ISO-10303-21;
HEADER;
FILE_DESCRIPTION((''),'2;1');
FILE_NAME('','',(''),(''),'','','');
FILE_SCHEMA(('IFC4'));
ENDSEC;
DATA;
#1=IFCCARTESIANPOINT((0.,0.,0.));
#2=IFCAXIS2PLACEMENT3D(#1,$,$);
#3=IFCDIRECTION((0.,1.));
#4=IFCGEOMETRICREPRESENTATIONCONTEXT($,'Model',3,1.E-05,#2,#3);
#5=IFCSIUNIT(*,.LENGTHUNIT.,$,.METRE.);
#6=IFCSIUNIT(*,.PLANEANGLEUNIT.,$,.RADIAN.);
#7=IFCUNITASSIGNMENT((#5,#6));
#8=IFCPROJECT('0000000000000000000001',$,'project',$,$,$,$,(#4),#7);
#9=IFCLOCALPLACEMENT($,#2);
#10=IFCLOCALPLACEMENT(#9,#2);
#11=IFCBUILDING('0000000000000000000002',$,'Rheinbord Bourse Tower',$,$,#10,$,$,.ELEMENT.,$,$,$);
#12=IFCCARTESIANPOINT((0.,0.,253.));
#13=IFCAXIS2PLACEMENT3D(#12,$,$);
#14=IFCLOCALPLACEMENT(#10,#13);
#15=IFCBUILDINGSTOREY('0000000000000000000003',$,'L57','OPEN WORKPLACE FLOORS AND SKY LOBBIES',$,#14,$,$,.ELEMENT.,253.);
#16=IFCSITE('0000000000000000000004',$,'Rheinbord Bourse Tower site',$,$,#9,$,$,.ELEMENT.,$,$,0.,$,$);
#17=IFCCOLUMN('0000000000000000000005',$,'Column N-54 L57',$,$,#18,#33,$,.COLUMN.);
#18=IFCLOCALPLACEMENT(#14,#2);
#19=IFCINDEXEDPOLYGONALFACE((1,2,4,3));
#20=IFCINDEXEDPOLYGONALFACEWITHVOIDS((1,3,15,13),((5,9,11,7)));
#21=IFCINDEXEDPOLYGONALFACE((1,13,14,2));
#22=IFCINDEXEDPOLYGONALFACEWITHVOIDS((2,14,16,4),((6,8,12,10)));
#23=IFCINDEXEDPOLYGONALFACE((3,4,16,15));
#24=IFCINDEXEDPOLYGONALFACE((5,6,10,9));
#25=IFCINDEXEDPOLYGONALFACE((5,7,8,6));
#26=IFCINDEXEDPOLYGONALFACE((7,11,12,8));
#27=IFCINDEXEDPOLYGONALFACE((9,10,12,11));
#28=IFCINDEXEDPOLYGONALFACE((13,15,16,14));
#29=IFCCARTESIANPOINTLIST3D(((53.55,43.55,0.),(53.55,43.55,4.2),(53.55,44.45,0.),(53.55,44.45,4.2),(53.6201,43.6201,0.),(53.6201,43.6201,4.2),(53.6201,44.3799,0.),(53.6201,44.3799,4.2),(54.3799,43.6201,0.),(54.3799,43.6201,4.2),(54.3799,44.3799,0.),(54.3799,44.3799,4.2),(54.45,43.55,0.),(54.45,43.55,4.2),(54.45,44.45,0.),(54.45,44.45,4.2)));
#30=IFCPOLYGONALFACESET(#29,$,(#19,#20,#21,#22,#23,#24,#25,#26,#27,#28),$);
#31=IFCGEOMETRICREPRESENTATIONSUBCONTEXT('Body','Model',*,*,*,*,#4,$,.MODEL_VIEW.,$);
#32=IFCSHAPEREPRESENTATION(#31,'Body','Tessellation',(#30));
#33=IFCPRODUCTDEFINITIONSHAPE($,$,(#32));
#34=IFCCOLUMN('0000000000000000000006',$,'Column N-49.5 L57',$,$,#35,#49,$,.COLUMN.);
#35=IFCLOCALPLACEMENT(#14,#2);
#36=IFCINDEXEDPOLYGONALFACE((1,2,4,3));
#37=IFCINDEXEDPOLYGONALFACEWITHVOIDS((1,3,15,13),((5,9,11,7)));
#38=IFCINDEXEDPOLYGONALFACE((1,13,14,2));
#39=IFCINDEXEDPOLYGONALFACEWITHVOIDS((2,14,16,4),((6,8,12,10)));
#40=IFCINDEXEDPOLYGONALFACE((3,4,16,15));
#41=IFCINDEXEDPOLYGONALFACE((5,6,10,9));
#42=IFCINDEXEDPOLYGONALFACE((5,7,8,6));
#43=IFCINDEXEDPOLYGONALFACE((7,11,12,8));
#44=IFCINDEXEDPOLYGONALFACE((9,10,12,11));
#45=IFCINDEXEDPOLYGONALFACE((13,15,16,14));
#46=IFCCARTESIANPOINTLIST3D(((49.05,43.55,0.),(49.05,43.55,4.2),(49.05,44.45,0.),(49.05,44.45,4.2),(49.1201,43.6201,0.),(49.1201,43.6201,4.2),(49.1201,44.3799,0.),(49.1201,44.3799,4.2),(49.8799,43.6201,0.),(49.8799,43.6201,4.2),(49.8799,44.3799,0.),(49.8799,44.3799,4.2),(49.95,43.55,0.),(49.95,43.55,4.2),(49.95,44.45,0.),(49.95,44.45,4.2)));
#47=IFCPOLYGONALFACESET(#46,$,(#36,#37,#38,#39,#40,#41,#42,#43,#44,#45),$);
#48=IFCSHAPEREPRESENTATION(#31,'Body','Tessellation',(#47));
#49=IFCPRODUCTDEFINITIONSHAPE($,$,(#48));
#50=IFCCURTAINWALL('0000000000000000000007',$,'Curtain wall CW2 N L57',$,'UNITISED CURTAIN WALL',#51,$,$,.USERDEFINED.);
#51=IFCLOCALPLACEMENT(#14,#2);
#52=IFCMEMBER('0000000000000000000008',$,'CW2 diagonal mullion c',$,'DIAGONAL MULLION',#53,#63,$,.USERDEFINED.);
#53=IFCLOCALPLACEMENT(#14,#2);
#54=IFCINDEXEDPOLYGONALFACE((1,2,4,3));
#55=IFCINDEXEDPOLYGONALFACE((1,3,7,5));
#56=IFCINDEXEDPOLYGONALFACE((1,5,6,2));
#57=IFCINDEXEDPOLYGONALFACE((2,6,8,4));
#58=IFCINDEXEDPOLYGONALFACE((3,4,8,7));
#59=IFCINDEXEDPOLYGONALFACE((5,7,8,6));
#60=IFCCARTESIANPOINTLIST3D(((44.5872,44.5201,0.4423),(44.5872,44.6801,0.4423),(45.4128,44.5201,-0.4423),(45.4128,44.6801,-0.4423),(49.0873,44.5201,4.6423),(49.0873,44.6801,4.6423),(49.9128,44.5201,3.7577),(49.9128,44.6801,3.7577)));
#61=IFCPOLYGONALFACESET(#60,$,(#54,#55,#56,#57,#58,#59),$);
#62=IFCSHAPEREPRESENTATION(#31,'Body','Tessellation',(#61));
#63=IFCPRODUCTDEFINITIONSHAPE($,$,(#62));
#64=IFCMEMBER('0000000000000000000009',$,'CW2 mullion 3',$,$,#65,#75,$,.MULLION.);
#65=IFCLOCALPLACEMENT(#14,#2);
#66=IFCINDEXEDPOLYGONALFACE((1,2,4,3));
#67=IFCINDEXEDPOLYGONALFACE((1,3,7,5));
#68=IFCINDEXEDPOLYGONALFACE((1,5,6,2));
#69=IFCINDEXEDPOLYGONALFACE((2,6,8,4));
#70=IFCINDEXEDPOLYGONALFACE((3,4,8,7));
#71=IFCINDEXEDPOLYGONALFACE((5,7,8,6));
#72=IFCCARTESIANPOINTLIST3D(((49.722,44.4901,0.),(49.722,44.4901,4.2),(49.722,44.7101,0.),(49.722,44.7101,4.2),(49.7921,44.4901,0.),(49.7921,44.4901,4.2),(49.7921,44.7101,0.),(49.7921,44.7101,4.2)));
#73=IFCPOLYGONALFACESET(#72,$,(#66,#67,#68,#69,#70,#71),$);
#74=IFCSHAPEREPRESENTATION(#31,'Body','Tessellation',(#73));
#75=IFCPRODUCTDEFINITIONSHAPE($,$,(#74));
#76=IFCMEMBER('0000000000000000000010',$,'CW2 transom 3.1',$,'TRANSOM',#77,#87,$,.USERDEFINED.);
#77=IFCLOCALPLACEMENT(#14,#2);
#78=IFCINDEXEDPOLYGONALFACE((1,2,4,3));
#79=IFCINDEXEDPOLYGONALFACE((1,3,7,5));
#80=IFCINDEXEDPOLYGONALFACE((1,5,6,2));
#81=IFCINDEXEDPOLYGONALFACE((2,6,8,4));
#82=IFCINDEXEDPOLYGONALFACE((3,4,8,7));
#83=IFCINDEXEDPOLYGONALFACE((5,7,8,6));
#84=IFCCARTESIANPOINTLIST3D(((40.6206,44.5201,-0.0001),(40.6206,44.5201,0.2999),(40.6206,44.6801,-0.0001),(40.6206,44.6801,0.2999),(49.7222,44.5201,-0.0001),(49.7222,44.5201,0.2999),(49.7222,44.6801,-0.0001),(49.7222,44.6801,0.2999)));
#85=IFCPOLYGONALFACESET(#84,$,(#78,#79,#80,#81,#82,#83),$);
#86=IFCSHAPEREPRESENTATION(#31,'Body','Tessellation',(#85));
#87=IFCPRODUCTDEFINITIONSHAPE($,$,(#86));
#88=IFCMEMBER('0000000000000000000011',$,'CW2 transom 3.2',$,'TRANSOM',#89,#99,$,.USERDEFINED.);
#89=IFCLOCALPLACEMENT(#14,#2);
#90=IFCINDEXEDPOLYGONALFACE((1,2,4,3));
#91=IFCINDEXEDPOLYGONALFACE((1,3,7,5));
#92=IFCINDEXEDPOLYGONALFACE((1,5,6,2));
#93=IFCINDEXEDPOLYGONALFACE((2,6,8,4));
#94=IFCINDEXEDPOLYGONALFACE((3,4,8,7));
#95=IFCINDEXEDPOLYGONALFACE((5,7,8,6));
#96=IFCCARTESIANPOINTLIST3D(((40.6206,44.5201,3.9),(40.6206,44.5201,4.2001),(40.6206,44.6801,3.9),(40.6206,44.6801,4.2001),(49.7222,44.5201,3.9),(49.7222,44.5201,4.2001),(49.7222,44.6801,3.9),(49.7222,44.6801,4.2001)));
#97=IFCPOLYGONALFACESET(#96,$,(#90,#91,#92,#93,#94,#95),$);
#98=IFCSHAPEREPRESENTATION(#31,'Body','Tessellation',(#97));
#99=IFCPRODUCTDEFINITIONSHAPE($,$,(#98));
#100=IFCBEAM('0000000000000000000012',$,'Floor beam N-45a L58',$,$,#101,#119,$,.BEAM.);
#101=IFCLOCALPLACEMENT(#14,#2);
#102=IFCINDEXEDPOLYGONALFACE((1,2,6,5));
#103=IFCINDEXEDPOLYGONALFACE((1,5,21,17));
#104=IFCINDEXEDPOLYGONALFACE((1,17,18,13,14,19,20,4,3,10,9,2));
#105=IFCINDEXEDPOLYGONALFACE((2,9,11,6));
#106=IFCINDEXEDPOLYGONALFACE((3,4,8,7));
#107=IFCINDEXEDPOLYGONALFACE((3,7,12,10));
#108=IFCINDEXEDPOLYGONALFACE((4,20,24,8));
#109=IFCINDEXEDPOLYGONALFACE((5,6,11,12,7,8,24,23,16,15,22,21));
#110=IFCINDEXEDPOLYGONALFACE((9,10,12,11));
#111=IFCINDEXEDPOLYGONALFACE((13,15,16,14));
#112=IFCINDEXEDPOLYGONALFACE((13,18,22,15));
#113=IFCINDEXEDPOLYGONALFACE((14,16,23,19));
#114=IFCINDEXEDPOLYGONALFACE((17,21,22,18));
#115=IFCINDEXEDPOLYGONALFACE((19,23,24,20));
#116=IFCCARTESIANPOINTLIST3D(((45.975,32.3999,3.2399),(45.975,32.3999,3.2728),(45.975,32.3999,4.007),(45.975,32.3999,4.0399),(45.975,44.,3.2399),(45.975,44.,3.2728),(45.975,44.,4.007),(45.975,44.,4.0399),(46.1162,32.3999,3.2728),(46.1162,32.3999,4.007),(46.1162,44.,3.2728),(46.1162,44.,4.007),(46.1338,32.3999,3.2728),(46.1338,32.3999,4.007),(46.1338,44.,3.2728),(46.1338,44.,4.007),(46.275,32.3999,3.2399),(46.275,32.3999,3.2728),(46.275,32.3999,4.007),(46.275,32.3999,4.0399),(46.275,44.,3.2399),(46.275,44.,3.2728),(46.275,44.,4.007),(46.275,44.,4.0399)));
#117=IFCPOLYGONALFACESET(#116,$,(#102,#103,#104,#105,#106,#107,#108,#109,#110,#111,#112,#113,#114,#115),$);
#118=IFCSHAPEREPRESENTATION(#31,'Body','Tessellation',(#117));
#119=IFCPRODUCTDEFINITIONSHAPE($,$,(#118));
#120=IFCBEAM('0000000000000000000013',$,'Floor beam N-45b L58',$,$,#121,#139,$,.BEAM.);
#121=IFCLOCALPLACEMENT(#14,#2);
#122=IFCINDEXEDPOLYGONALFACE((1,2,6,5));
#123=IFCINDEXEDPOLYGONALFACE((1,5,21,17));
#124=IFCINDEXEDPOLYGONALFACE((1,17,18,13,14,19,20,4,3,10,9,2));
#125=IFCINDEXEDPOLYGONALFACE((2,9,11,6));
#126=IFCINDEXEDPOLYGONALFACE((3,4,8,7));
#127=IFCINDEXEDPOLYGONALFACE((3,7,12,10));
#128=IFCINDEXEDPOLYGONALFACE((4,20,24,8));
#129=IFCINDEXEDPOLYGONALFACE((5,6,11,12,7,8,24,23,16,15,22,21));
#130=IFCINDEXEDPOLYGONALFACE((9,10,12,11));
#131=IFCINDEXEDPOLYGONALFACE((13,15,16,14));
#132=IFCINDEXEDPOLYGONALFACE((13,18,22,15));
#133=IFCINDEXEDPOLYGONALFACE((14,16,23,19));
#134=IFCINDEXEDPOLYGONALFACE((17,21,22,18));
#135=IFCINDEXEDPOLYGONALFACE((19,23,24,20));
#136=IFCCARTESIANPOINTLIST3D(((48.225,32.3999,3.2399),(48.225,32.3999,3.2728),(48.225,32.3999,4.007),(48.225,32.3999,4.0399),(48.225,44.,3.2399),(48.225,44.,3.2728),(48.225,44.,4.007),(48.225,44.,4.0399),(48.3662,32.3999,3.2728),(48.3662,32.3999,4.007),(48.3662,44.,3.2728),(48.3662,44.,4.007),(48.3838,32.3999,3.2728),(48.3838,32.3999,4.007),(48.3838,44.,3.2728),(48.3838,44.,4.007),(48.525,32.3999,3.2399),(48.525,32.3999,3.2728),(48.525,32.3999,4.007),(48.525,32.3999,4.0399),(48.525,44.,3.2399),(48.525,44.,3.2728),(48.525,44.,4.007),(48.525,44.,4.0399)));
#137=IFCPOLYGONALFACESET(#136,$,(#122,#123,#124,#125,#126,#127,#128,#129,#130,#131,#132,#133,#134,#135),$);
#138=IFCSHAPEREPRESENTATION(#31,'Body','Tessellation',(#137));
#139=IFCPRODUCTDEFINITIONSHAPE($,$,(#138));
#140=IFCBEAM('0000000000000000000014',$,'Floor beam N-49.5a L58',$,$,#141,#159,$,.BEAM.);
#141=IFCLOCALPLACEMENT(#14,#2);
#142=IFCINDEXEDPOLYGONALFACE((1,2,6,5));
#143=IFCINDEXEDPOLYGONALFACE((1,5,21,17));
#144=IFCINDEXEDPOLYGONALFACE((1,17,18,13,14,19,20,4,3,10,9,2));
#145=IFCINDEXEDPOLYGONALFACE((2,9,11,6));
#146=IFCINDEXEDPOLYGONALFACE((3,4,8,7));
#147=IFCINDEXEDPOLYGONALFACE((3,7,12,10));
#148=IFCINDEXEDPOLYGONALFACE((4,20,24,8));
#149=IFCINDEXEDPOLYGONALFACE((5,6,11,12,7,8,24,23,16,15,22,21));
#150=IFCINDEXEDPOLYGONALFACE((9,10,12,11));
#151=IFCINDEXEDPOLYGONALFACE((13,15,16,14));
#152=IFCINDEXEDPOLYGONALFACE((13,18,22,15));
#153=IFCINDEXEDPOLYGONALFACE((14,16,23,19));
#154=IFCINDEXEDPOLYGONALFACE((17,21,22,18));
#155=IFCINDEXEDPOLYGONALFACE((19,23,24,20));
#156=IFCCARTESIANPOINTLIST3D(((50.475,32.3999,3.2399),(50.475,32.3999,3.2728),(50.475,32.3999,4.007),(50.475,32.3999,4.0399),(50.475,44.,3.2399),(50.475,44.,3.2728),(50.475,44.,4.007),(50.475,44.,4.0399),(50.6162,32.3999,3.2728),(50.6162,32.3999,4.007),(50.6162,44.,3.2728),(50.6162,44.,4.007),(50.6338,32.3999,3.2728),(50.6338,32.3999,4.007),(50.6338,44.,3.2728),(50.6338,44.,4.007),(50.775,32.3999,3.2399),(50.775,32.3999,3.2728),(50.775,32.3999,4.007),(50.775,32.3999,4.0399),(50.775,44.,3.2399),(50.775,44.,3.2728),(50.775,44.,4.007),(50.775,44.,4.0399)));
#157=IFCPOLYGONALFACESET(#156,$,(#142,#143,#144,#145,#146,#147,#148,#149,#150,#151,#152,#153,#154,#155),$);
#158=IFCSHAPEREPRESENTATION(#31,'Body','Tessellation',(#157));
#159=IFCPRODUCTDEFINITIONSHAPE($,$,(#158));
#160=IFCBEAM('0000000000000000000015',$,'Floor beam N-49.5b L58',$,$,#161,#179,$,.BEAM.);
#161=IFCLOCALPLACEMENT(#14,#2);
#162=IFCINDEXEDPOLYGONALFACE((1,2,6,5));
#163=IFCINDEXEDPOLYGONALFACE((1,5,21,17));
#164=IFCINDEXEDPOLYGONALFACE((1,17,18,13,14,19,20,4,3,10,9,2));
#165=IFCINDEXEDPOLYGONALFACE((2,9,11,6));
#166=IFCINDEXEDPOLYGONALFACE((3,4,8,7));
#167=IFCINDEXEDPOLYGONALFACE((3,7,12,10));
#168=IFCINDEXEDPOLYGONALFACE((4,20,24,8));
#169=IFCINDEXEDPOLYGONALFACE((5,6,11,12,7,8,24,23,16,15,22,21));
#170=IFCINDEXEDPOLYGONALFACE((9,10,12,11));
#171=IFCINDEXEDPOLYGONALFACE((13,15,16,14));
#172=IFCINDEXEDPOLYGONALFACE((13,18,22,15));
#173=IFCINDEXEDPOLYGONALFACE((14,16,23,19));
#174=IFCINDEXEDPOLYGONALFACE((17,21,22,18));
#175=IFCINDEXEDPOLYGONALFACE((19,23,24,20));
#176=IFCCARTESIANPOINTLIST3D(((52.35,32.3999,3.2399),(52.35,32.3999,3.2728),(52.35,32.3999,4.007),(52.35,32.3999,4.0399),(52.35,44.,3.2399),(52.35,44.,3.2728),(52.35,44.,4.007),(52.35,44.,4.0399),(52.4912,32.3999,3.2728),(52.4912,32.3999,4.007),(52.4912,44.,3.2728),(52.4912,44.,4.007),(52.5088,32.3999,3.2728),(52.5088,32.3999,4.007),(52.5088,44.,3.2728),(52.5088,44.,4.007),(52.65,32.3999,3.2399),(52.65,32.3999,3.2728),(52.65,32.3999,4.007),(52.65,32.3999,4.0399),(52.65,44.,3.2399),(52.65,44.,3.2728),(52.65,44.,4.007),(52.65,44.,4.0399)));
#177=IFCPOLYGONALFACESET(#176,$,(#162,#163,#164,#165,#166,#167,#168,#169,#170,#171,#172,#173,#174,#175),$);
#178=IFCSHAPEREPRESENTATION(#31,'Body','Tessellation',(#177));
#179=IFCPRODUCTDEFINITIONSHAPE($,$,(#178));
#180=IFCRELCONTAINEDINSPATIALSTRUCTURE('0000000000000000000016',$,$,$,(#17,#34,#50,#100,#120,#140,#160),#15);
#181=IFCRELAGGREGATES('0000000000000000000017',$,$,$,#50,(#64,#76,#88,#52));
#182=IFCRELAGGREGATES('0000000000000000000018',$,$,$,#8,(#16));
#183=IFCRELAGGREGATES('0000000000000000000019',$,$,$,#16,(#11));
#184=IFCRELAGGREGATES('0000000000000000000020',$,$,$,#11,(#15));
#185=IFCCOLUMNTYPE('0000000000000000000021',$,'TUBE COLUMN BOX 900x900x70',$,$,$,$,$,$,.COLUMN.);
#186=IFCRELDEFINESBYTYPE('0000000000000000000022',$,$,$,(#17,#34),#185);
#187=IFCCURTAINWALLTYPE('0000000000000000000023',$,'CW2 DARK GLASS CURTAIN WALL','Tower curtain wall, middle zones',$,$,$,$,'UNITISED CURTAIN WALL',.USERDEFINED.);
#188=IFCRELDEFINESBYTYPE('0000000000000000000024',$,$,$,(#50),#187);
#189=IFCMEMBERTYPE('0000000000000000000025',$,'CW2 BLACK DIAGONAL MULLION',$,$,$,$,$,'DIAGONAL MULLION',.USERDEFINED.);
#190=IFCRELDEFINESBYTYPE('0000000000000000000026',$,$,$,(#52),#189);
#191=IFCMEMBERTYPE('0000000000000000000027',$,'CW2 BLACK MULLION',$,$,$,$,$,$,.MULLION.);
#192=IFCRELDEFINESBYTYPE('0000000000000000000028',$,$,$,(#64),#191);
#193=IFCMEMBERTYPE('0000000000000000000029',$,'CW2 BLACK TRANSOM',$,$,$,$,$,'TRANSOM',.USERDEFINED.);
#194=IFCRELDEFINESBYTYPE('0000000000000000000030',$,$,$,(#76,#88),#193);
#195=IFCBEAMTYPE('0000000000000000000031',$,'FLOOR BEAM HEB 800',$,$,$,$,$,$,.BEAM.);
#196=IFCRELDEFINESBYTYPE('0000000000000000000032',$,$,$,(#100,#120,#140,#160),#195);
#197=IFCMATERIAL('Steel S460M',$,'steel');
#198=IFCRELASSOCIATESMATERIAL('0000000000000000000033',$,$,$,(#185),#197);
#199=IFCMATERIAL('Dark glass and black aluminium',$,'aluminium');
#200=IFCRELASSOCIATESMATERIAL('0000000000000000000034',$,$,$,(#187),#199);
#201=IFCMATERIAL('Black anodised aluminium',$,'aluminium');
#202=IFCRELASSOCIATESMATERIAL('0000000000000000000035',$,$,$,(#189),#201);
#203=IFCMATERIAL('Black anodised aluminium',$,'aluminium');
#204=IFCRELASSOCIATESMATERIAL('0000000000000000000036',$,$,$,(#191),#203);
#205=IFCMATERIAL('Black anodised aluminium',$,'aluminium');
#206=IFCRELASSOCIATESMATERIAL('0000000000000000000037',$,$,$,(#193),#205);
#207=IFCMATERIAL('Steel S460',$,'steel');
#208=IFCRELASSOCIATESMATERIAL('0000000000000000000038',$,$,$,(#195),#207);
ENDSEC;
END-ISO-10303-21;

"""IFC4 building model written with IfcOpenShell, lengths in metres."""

from ifc_helpers import new_model, si_unit, direction, frame, origin, origin_2d, place, context, subcontext, project, spatial, rectangle, hollow_rectangle, i_section, extrude, material, material_profile, profile_set, type_object, element, aggregate, save


model = new_model("IFC4")

# Units and contexts
model_context = context("Model", 3, precision=1e-05, world=origin(), true_north=direction((0.0, 1.0)))
body_context = subcontext(model_context, "Body", "Model", "MODEL_VIEW")
ifc_project = project(units=[si_unit("LENGTHUNIT", "METRE"), si_unit("PLANEANGLEUNIT", "RADIAN")], contexts=[model_context])

# Site, building, storey
site_placement = place(None, origin())
site = spatial("IfcSite", under=ifc_project, at=site_placement, Name="Rheinbord Bourse Tower site", CompositionType="ELEMENT", RefElevation=0.0)
building_placement = place(site_placement, origin())
building = spatial("IfcBuilding", under=site, at=building_placement, Name="Rheinbord Bourse Tower", CompositionType="ELEMENT")
storey_placement = place(building_placement, frame((0.0, 0.0, 253.0)))
storey = spatial("IfcBuildingStorey", under=building, at=storey_placement, Name="L57", Description="OPEN WORKPLACE FLOORS AND SKY LOBBIES", CompositionType="ELEMENT", Elevation=253.0)

# Columns
ifc_material_1 = material(Name="Steel S460M", Category="steel")
ifc_material_profile_1 = material_profile(ifc_material_1, hollow_rectangle(XDim=0.8999, YDim=0.8999, WallThickness=0.0701, at=origin_2d()), Name="BOX 900x900x70")
ifc_profile_set_1 = profile_set([ifc_material_profile_1], Name="Steel S460M")
column_type = type_object("IfcColumnType", Name="TUBE COLUMN BOX 900x900x70", PredefinedType="COLUMN", material=ifc_profile_set_1)
for number, where, z_axis, x_axis, name in (
    (1, (54.0, 44.0, 0.0), (0.0, 0.0, 1.0), (0.0, 1.0, 0.0), "Column N-54 L57"),
    (2, (49.5, 44.0, 0.0), (0.0, 0.0, 1.0), (0.0, 1.0, 0.0), "Column N-49.5 L57"),
):
    element("IfcColumn", number, at=place(storey_placement, frame(where, z_axis=z_axis, x_axis=x_axis)), inside=storey, type_object=column_type, Name=name, PredefinedType="COLUMN", context=body_context, shape_type="SweptSolid", body=[
        extrude(hollow_rectangle(XDim=0.8999, YDim=0.8999, WallThickness=0.0701, at=origin_2d()), origin(), (0.0, 0.0, 1.0), 4.2),
    ])

# Curtain wall, members
ifc_material_2 = material(Name="Dark glass and black aluminium", Category="aluminium")
curtain_wall_type = type_object("IfcCurtainWallType", Name="CW2 DARK GLASS CURTAIN WALL", Description="Tower curtain wall, middle zones", ElementType="UNITISED CURTAIN WALL", PredefinedType="USERDEFINED", material=ifc_material_2)
curtain_wall_placement = place(storey_placement, origin())
curtain_wall = element("IfcCurtainWall", 3, at=curtain_wall_placement, inside=storey, type_object=curtain_wall_type, Name="Curtain wall CW2 N L57", ObjectType="UNITISED CURTAIN WALL", PredefinedType="USERDEFINED")
ifc_material_3 = material(Name="Black anodised aluminium", Category="aluminium")
ifc_material_profile_2 = material_profile(ifc_material_3, rectangle(XDim=0.1599, YDim=1.21, at=origin_2d()), Name="CW2 DIAGONAL MULLION 1210x160")
ifc_profile_set_2 = profile_set([ifc_material_profile_2], Name="Black anodised aluminium")
member_type_1 = type_object("IfcMemberType", Name="CW2 BLACK DIAGONAL MULLION", ElementType="DIAGONAL MULLION", PredefinedType="USERDEFINED", material=ifc_profile_set_2)
member_1_placement = place(storey_placement, frame((45.0, 44.6001, 0.0), z_axis=(0.731059, 0.0, 0.682314), x_axis=(0.0, 1.0, 0.0)))
member_1 = element("IfcMember", 4, at=member_1_placement, type_object=member_type_1, Name="CW2 diagonal mullion c", ObjectType="DIAGONAL MULLION", PredefinedType="USERDEFINED", context=body_context, shape_type="SweptSolid", body=[
    extrude(rectangle(XDim=0.1599, YDim=1.21, at=origin_2d()), origin(), (0.0, 0.0, 1.0), 6.1555),
])
ifc_material_4 = material(Name="Black anodised aluminium", Category="aluminium")
ifc_material_profile_3 = material_profile(ifc_material_4, rectangle(XDim=0.22, YDim=0.0701, at=origin_2d()), Name="CW2 MULLION 70x220")
ifc_profile_set_3 = profile_set([ifc_material_profile_3], Name="Black anodised aluminium")
member_type_2 = type_object("IfcMemberType", Name="CW2 BLACK MULLION", PredefinedType="MULLION", material=ifc_profile_set_3)
member_2_placement = place(storey_placement, frame((49.7571, 44.6001, 0.0), z_axis=(0.0, 0.0, 1.0), x_axis=(0.0, -1.0, 0.0)))
member_2 = element("IfcMember", 5, at=member_2_placement, type_object=member_type_2, Name="CW2 mullion 3", PredefinedType="MULLION", context=body_context, shape_type="SweptSolid", body=[
    extrude(rectangle(XDim=0.22, YDim=0.0701, at=origin_2d()), origin(), (0.0, 0.0, 1.0), 4.2),
])
ifc_material_5 = material(Name="Black anodised aluminium", Category="aluminium")
ifc_material_profile_4 = material_profile(ifc_material_5, rectangle(XDim=0.1599, YDim=0.3, at=origin_2d()), Name="CW2 TRANSOM 300x160")
ifc_profile_set_4 = profile_set([ifc_material_profile_4], Name="Black anodised aluminium")
member_type_3 = type_object("IfcMemberType", Name="CW2 BLACK TRANSOM", ElementType="TRANSOM", PredefinedType="USERDEFINED", material=ifc_profile_set_4)
member_3_placement = place(storey_placement, frame((49.7222, 44.6001, 0.1499), z_axis=(-1.0, 0.0, 0.0), x_axis=(0.0, -1.0, 0.0)))
member_3 = element("IfcMember", 6, at=member_3_placement, type_object=member_type_3, Name="CW2 transom 3.1", ObjectType="TRANSOM", PredefinedType="USERDEFINED", context=body_context, shape_type="SweptSolid", body=[
    extrude(rectangle(XDim=0.1599, YDim=0.3, at=origin_2d()), origin(), (0.0, 0.0, 1.0), 9.1016),
])
member_4_placement = place(storey_placement, frame((49.7222, 44.6001, 4.05), z_axis=(-1.0, 0.0, 0.0), x_axis=(0.0, -1.0, 0.0)))
member_4 = element("IfcMember", 7, at=member_4_placement, type_object=member_type_3, Name="CW2 transom 3.2", ObjectType="TRANSOM", PredefinedType="USERDEFINED", context=body_context, shape_type="SweptSolid", body=[
    extrude(rectangle(XDim=0.1599, YDim=0.3, at=origin_2d()), origin(), (0.0, 0.0, 1.0), 9.1016),
])

# Beams
ifc_material_6 = material(Name="Steel S460", Category="steel")
ifc_material_profile_5 = material_profile(ifc_material_6, i_section(OverallWidth=0.3, OverallDepth=0.8, WebThickness=0.0176, FlangeThickness=0.033, at=origin_2d()), Name="HEB 800")
ifc_profile_set_5 = profile_set([ifc_material_profile_5], Name="Steel S460")
beam_type_1 = type_object("IfcBeamType", Name="FLOOR BEAM HEB 800", PredefinedType="BEAM", material=ifc_profile_set_5)
for number, where, z_axis, x_axis, name in (
    (8, (46.125, 44.0, 3.6399), (0.0, -1.0, 0.0), (1.0, 0.0, 0.0), "Floor beam N-45a L58"),
    (9, (48.375, 44.0, 3.6399), (0.0, -1.0, 0.0), (1.0, 0.0, 0.0), "Floor beam N-45b L58"),
    (10, (50.625, 44.0, 3.6399), (0.0, -1.0, 0.0), (1.0, 0.0, 0.0), "Floor beam N-49.5a L58"),
    (11, (52.5, 44.0, 3.6399), (0.0, -1.0, 0.0), (1.0, 0.0, 0.0), "Floor beam N-49.5b L58"),
):
    element("IfcBeam", number, at=place(storey_placement, frame(where, z_axis=z_axis, x_axis=x_axis)), inside=storey, type_object=beam_type_1, Name=name, PredefinedType="BEAM", context=body_context, shape_type="SweptSolid", body=[
        extrude(i_section(OverallWidth=0.3, OverallDepth=0.8, WebThickness=0.0176, FlangeThickness=0.033, at=origin_2d()), origin(), (0.0, 0.0, 1.0), 11.6001),
    ])

aggregate(curtain_wall, [member_2, member_3, member_4, member_1])

save(model, "model.ifc")
